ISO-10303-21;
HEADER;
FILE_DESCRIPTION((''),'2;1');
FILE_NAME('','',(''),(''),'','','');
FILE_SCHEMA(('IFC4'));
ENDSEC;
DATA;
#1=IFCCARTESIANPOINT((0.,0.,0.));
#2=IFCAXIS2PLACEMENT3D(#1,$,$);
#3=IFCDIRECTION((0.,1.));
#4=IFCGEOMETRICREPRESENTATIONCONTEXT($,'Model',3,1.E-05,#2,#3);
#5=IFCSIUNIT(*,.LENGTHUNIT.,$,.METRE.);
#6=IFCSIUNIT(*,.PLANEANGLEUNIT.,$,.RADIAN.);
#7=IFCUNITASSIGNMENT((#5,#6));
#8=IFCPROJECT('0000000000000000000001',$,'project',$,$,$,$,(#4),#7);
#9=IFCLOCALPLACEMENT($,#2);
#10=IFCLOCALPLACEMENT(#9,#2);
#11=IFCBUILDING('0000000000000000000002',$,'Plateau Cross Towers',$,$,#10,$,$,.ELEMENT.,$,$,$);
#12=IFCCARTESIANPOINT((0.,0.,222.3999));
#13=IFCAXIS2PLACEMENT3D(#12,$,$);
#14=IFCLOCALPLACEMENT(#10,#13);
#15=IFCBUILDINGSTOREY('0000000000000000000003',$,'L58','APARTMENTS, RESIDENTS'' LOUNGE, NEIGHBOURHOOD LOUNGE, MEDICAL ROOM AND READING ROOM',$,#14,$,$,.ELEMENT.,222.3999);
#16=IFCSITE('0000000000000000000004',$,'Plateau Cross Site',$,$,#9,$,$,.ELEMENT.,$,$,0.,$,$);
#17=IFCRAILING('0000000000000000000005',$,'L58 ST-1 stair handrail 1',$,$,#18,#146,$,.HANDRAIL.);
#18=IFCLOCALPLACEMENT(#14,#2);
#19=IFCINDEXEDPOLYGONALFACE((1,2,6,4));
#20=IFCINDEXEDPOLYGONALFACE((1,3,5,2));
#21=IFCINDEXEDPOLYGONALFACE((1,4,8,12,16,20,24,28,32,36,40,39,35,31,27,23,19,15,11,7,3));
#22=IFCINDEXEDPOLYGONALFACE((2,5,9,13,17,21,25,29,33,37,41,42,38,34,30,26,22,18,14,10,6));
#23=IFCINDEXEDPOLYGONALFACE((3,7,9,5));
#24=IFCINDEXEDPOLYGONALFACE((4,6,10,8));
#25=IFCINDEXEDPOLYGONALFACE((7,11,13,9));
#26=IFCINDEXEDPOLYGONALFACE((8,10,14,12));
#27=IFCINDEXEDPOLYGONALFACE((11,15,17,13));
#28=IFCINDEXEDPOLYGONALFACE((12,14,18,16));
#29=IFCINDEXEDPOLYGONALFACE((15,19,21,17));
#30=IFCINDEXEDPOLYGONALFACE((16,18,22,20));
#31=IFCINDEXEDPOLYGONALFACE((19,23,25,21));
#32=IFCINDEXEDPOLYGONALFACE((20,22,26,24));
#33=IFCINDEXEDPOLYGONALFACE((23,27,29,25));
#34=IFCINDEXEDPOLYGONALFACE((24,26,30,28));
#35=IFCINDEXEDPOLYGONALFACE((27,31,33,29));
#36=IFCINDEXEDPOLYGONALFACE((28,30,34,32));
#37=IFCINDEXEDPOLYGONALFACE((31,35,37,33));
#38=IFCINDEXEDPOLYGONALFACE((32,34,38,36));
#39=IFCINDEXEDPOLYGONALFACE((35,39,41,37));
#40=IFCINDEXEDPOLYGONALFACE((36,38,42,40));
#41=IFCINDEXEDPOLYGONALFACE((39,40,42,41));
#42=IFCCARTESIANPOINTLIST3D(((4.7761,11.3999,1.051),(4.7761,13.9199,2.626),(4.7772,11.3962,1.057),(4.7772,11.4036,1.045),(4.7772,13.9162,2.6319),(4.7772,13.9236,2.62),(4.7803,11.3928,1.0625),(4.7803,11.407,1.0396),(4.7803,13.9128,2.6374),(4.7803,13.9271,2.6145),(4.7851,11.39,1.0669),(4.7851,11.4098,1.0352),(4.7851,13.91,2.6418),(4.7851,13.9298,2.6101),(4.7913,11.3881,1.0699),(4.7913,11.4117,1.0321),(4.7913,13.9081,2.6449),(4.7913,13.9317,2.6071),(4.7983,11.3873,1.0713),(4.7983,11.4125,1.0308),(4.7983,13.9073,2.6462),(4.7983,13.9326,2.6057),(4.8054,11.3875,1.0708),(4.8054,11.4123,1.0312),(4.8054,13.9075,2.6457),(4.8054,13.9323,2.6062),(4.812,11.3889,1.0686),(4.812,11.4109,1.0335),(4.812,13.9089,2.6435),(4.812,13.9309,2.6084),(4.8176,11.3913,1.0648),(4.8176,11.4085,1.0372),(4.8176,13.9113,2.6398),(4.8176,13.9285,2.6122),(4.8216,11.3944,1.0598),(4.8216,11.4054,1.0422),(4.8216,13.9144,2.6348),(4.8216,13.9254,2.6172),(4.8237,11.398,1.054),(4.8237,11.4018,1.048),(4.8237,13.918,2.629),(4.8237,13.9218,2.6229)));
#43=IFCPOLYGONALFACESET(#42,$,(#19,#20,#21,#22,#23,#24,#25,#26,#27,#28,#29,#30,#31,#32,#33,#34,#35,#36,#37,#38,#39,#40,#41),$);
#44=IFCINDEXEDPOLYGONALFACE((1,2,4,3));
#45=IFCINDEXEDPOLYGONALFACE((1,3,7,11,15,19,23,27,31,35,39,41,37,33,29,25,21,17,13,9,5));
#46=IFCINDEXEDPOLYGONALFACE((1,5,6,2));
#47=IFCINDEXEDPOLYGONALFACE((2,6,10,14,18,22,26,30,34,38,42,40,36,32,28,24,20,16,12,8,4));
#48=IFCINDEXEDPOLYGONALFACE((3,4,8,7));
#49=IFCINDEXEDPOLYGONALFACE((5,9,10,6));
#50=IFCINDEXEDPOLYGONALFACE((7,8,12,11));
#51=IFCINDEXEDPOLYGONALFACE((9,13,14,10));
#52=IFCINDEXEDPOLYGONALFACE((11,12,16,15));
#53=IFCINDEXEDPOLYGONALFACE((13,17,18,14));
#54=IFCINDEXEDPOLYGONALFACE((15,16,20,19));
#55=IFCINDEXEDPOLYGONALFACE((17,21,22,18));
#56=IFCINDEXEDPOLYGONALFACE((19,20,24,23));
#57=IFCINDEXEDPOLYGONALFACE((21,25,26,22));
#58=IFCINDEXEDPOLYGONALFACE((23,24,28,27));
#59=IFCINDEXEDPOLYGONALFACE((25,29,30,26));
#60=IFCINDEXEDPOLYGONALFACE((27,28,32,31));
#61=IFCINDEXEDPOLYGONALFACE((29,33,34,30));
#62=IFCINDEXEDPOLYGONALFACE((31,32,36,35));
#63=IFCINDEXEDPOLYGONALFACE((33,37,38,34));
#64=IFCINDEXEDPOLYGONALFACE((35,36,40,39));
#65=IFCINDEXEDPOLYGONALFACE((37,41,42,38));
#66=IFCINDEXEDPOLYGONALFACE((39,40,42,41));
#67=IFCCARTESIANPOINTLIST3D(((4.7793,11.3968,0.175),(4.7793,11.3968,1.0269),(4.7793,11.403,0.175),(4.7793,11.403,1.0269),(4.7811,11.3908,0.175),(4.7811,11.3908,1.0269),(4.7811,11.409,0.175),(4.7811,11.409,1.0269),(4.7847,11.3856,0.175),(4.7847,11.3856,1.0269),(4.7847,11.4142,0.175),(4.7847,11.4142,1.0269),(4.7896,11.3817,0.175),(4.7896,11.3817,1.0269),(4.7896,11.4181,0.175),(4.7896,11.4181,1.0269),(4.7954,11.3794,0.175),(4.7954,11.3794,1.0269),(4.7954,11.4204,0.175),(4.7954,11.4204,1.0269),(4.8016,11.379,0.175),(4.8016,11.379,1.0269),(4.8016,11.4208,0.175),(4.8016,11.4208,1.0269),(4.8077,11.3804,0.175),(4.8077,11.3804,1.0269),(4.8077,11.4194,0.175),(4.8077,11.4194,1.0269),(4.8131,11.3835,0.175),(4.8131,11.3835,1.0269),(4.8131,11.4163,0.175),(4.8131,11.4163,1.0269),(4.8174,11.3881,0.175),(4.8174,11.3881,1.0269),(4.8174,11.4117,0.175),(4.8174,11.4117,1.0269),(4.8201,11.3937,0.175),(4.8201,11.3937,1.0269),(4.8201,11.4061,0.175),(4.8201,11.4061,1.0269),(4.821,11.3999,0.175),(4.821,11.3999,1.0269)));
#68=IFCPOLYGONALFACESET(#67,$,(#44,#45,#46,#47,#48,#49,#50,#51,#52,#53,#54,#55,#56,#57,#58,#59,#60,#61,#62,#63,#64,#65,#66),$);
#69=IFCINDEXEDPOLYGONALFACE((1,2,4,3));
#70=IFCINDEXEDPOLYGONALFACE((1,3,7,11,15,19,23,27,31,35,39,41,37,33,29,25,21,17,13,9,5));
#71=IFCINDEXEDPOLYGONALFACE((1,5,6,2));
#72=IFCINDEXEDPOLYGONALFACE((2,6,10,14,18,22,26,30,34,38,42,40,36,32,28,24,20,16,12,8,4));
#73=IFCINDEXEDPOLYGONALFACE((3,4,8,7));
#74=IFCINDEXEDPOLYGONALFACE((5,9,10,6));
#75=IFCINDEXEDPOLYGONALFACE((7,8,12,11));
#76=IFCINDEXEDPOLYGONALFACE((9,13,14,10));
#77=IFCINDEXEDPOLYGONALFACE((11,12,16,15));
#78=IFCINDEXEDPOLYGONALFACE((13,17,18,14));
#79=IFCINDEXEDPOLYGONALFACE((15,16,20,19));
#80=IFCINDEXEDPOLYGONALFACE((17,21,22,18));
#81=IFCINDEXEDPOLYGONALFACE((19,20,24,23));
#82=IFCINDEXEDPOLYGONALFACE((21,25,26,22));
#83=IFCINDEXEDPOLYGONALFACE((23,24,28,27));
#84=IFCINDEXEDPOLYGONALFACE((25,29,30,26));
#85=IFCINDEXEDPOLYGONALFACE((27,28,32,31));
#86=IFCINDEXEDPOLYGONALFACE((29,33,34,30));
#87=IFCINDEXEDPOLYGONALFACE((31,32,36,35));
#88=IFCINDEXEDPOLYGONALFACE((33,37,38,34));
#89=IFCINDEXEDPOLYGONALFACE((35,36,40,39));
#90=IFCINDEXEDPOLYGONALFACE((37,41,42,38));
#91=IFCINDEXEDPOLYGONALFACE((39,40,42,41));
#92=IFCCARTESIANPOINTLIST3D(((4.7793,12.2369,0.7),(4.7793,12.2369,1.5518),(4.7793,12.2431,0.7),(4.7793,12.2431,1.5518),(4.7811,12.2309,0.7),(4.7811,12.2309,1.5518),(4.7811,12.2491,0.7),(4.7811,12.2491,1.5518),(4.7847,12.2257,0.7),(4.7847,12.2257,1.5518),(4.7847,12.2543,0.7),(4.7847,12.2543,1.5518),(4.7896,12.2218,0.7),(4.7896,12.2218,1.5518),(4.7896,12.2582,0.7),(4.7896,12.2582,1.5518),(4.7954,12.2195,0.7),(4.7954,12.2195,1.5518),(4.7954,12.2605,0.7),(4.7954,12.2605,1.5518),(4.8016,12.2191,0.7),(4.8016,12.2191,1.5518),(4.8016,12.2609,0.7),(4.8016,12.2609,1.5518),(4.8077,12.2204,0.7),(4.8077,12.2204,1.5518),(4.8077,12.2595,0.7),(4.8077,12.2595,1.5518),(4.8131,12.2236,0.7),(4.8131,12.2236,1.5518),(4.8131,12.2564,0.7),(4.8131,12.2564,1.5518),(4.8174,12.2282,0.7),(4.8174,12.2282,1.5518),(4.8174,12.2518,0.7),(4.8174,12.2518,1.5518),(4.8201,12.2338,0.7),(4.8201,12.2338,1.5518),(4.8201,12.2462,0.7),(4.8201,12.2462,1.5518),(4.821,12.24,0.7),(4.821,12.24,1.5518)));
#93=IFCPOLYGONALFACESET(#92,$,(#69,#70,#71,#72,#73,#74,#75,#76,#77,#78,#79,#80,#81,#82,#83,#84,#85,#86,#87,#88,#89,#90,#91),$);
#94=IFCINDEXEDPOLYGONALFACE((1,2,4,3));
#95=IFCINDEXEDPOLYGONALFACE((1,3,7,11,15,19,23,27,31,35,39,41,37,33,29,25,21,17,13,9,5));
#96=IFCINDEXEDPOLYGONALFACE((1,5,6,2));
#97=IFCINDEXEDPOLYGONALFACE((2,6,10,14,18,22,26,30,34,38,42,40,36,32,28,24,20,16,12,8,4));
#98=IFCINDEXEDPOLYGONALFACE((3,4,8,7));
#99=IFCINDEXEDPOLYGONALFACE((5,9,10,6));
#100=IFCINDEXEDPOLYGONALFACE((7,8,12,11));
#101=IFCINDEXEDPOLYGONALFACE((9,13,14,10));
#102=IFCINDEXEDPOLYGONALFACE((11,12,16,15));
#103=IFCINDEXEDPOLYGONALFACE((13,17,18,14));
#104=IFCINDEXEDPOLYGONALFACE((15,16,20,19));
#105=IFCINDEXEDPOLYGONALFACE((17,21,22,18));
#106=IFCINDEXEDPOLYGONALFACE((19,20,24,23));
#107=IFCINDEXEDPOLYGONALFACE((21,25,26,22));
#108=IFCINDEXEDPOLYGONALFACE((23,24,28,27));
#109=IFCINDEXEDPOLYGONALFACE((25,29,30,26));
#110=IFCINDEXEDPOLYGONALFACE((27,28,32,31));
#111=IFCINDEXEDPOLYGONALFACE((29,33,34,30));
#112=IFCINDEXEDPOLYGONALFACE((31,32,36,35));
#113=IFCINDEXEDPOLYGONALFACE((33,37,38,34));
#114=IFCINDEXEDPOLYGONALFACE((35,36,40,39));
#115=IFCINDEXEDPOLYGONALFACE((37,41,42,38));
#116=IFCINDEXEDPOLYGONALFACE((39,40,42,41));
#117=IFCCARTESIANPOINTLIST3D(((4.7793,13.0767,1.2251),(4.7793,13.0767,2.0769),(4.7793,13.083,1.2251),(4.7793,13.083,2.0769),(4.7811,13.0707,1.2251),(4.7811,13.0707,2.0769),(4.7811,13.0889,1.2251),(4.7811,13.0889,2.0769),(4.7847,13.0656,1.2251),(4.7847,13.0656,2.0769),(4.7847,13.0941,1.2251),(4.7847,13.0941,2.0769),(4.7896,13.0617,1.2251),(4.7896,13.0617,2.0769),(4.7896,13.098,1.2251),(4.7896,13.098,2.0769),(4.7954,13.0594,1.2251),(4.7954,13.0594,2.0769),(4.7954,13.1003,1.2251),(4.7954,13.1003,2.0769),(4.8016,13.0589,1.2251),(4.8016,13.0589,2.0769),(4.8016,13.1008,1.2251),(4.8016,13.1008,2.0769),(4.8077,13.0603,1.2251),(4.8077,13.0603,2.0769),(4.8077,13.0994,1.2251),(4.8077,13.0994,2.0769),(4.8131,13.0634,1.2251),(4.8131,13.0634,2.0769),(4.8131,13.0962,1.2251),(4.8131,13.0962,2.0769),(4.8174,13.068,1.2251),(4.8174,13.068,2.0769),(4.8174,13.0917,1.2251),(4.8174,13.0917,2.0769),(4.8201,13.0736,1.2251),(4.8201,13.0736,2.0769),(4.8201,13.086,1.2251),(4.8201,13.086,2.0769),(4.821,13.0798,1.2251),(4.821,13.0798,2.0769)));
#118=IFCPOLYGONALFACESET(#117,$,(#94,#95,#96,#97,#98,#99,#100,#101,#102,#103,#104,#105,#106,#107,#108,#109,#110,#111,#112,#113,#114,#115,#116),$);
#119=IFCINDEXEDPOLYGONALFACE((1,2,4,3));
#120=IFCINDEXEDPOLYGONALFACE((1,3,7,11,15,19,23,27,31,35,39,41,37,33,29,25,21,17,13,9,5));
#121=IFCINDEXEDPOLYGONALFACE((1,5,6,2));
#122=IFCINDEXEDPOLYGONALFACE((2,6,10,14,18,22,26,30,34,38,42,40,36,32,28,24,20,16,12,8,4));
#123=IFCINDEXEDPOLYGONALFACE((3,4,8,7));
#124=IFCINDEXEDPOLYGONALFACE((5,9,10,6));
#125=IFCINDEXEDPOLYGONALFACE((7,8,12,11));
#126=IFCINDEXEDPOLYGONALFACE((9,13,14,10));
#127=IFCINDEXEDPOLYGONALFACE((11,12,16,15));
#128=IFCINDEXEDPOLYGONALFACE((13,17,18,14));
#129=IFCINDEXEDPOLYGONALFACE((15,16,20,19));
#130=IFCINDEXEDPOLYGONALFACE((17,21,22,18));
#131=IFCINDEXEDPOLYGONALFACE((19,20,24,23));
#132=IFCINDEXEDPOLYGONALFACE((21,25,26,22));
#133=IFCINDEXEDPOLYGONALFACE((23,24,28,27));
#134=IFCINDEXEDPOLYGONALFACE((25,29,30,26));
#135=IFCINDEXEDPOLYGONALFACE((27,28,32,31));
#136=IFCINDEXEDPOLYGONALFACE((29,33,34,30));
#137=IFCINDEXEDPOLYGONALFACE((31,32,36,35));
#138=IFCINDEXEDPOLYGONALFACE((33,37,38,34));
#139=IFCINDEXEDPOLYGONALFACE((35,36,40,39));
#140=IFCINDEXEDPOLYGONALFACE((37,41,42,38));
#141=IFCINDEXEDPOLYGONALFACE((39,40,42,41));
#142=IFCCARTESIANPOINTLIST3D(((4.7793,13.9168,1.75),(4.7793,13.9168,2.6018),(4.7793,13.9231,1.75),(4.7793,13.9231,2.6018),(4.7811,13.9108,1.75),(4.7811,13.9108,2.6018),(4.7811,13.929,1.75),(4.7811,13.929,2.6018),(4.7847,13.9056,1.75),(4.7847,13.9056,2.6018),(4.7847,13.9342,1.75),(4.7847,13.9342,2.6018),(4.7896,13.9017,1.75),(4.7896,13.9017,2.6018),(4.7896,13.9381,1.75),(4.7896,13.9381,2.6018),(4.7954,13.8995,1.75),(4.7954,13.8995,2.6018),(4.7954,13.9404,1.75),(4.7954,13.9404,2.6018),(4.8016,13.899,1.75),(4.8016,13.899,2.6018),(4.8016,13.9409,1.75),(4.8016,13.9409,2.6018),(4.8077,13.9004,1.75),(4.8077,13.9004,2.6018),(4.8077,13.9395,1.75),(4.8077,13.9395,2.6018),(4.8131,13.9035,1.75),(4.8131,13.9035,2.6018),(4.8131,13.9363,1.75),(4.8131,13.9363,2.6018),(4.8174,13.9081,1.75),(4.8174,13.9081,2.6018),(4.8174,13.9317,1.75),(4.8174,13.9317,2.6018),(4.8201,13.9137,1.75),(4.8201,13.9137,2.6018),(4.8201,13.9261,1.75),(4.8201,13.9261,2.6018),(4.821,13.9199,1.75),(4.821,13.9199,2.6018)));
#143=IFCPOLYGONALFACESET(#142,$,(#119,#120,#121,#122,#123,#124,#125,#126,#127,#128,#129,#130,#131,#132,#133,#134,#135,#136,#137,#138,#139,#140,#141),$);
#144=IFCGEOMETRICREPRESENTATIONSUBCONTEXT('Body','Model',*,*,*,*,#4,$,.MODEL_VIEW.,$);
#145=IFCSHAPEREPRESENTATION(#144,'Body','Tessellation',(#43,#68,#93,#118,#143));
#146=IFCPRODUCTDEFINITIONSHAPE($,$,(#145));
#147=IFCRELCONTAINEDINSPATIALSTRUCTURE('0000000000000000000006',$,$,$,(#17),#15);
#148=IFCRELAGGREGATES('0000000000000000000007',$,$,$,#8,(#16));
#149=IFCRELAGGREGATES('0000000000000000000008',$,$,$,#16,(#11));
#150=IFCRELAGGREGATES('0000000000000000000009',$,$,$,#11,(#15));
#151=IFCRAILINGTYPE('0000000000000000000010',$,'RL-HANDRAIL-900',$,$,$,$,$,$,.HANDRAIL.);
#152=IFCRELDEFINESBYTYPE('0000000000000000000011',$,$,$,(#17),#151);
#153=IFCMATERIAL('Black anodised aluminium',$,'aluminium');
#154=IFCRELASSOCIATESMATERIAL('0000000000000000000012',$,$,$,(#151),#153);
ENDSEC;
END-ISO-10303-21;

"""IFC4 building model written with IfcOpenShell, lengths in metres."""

from ifc_helpers import new_model, si_unit, direction, frame, origin, origin_2d, place, context, subcontext, project, spatial, circle, extrude, material, type_object, element, save


model = new_model("IFC4")

# Units and contexts
model_context = context("Model", 3, precision=1e-05, world=origin(), true_north=direction((0.0, 1.0)))
body_context = subcontext(model_context, "Body", "Model", "MODEL_VIEW")
ifc_project = project(units=[si_unit("LENGTHUNIT", "METRE"), si_unit("PLANEANGLEUNIT", "RADIAN")], contexts=[model_context])

# Site, building, storey
site_placement = place(None, origin())
site = spatial("IfcSite", under=ifc_project, at=site_placement, Name="Plateau Cross Site", CompositionType="ELEMENT", RefElevation=0.0)
building_placement = place(site_placement, origin())
building = spatial("IfcBuilding", under=site, at=building_placement, Name="Plateau Cross Towers", CompositionType="ELEMENT")
storey_placement = place(building_placement, frame((0.0, 0.0, 222.3999)))
storey = spatial("IfcBuildingStorey", under=building, at=storey_placement, Name="L58", Description="APARTMENTS, RESIDENTS' LOUNGE, NEIGHBOURHOOD LOUNGE, MEDICAL ROOM AND READING ROOM", CompositionType="ELEMENT", Elevation=222.3999)

# Shared definitions
ifc_material_1 = material(Name="Black anodised aluminium", Category="aluminium")

# Railing
railing_type_1 = type_object("IfcRailingType", Name="RL-HANDRAIL-900", PredefinedType="HANDRAIL", material=ifc_material_1)
railing_1_placement = place(storey_placement, frame((4.8, 11.3999, 0.175)))
element("IfcRailing", 1, at=railing_1_placement, inside=storey, type_object=railing_type_1, Name="L58 ST-1 stair handrail 1", PredefinedType="HANDRAIL", context=body_context, shape_type="SweptSolid", body=[
    extrude(circle(Radius=0.0239, at=origin_2d()), frame((0.0, 0.0, 0.876), z_axis=(0.0, 0.848008, 0.529984), x_axis=(-1.0, 0.0, 0.0)), (0.0, 0.0, 1.0), 2.9717),
    extrude(circle(Radius=0.021, at=origin_2d()), origin(), (0.0, 0.0, 1.0), 0.8518),
    extrude(circle(Radius=0.021, at=origin_2d()), frame((0.0, 0.8401, 0.5249)), (0.0, 0.0, 1.0), 0.8518),
    extrude(circle(Radius=0.021, at=origin_2d()), frame((0.0, 1.6799, 1.05)), (0.0, 0.0, 1.0), 0.8518),
    extrude(circle(Radius=0.021, at=origin_2d()), frame((0.0, 2.52, 1.575)), (0.0, 0.0, 1.0), 0.8518),
])

save(model, "model.ifc")
